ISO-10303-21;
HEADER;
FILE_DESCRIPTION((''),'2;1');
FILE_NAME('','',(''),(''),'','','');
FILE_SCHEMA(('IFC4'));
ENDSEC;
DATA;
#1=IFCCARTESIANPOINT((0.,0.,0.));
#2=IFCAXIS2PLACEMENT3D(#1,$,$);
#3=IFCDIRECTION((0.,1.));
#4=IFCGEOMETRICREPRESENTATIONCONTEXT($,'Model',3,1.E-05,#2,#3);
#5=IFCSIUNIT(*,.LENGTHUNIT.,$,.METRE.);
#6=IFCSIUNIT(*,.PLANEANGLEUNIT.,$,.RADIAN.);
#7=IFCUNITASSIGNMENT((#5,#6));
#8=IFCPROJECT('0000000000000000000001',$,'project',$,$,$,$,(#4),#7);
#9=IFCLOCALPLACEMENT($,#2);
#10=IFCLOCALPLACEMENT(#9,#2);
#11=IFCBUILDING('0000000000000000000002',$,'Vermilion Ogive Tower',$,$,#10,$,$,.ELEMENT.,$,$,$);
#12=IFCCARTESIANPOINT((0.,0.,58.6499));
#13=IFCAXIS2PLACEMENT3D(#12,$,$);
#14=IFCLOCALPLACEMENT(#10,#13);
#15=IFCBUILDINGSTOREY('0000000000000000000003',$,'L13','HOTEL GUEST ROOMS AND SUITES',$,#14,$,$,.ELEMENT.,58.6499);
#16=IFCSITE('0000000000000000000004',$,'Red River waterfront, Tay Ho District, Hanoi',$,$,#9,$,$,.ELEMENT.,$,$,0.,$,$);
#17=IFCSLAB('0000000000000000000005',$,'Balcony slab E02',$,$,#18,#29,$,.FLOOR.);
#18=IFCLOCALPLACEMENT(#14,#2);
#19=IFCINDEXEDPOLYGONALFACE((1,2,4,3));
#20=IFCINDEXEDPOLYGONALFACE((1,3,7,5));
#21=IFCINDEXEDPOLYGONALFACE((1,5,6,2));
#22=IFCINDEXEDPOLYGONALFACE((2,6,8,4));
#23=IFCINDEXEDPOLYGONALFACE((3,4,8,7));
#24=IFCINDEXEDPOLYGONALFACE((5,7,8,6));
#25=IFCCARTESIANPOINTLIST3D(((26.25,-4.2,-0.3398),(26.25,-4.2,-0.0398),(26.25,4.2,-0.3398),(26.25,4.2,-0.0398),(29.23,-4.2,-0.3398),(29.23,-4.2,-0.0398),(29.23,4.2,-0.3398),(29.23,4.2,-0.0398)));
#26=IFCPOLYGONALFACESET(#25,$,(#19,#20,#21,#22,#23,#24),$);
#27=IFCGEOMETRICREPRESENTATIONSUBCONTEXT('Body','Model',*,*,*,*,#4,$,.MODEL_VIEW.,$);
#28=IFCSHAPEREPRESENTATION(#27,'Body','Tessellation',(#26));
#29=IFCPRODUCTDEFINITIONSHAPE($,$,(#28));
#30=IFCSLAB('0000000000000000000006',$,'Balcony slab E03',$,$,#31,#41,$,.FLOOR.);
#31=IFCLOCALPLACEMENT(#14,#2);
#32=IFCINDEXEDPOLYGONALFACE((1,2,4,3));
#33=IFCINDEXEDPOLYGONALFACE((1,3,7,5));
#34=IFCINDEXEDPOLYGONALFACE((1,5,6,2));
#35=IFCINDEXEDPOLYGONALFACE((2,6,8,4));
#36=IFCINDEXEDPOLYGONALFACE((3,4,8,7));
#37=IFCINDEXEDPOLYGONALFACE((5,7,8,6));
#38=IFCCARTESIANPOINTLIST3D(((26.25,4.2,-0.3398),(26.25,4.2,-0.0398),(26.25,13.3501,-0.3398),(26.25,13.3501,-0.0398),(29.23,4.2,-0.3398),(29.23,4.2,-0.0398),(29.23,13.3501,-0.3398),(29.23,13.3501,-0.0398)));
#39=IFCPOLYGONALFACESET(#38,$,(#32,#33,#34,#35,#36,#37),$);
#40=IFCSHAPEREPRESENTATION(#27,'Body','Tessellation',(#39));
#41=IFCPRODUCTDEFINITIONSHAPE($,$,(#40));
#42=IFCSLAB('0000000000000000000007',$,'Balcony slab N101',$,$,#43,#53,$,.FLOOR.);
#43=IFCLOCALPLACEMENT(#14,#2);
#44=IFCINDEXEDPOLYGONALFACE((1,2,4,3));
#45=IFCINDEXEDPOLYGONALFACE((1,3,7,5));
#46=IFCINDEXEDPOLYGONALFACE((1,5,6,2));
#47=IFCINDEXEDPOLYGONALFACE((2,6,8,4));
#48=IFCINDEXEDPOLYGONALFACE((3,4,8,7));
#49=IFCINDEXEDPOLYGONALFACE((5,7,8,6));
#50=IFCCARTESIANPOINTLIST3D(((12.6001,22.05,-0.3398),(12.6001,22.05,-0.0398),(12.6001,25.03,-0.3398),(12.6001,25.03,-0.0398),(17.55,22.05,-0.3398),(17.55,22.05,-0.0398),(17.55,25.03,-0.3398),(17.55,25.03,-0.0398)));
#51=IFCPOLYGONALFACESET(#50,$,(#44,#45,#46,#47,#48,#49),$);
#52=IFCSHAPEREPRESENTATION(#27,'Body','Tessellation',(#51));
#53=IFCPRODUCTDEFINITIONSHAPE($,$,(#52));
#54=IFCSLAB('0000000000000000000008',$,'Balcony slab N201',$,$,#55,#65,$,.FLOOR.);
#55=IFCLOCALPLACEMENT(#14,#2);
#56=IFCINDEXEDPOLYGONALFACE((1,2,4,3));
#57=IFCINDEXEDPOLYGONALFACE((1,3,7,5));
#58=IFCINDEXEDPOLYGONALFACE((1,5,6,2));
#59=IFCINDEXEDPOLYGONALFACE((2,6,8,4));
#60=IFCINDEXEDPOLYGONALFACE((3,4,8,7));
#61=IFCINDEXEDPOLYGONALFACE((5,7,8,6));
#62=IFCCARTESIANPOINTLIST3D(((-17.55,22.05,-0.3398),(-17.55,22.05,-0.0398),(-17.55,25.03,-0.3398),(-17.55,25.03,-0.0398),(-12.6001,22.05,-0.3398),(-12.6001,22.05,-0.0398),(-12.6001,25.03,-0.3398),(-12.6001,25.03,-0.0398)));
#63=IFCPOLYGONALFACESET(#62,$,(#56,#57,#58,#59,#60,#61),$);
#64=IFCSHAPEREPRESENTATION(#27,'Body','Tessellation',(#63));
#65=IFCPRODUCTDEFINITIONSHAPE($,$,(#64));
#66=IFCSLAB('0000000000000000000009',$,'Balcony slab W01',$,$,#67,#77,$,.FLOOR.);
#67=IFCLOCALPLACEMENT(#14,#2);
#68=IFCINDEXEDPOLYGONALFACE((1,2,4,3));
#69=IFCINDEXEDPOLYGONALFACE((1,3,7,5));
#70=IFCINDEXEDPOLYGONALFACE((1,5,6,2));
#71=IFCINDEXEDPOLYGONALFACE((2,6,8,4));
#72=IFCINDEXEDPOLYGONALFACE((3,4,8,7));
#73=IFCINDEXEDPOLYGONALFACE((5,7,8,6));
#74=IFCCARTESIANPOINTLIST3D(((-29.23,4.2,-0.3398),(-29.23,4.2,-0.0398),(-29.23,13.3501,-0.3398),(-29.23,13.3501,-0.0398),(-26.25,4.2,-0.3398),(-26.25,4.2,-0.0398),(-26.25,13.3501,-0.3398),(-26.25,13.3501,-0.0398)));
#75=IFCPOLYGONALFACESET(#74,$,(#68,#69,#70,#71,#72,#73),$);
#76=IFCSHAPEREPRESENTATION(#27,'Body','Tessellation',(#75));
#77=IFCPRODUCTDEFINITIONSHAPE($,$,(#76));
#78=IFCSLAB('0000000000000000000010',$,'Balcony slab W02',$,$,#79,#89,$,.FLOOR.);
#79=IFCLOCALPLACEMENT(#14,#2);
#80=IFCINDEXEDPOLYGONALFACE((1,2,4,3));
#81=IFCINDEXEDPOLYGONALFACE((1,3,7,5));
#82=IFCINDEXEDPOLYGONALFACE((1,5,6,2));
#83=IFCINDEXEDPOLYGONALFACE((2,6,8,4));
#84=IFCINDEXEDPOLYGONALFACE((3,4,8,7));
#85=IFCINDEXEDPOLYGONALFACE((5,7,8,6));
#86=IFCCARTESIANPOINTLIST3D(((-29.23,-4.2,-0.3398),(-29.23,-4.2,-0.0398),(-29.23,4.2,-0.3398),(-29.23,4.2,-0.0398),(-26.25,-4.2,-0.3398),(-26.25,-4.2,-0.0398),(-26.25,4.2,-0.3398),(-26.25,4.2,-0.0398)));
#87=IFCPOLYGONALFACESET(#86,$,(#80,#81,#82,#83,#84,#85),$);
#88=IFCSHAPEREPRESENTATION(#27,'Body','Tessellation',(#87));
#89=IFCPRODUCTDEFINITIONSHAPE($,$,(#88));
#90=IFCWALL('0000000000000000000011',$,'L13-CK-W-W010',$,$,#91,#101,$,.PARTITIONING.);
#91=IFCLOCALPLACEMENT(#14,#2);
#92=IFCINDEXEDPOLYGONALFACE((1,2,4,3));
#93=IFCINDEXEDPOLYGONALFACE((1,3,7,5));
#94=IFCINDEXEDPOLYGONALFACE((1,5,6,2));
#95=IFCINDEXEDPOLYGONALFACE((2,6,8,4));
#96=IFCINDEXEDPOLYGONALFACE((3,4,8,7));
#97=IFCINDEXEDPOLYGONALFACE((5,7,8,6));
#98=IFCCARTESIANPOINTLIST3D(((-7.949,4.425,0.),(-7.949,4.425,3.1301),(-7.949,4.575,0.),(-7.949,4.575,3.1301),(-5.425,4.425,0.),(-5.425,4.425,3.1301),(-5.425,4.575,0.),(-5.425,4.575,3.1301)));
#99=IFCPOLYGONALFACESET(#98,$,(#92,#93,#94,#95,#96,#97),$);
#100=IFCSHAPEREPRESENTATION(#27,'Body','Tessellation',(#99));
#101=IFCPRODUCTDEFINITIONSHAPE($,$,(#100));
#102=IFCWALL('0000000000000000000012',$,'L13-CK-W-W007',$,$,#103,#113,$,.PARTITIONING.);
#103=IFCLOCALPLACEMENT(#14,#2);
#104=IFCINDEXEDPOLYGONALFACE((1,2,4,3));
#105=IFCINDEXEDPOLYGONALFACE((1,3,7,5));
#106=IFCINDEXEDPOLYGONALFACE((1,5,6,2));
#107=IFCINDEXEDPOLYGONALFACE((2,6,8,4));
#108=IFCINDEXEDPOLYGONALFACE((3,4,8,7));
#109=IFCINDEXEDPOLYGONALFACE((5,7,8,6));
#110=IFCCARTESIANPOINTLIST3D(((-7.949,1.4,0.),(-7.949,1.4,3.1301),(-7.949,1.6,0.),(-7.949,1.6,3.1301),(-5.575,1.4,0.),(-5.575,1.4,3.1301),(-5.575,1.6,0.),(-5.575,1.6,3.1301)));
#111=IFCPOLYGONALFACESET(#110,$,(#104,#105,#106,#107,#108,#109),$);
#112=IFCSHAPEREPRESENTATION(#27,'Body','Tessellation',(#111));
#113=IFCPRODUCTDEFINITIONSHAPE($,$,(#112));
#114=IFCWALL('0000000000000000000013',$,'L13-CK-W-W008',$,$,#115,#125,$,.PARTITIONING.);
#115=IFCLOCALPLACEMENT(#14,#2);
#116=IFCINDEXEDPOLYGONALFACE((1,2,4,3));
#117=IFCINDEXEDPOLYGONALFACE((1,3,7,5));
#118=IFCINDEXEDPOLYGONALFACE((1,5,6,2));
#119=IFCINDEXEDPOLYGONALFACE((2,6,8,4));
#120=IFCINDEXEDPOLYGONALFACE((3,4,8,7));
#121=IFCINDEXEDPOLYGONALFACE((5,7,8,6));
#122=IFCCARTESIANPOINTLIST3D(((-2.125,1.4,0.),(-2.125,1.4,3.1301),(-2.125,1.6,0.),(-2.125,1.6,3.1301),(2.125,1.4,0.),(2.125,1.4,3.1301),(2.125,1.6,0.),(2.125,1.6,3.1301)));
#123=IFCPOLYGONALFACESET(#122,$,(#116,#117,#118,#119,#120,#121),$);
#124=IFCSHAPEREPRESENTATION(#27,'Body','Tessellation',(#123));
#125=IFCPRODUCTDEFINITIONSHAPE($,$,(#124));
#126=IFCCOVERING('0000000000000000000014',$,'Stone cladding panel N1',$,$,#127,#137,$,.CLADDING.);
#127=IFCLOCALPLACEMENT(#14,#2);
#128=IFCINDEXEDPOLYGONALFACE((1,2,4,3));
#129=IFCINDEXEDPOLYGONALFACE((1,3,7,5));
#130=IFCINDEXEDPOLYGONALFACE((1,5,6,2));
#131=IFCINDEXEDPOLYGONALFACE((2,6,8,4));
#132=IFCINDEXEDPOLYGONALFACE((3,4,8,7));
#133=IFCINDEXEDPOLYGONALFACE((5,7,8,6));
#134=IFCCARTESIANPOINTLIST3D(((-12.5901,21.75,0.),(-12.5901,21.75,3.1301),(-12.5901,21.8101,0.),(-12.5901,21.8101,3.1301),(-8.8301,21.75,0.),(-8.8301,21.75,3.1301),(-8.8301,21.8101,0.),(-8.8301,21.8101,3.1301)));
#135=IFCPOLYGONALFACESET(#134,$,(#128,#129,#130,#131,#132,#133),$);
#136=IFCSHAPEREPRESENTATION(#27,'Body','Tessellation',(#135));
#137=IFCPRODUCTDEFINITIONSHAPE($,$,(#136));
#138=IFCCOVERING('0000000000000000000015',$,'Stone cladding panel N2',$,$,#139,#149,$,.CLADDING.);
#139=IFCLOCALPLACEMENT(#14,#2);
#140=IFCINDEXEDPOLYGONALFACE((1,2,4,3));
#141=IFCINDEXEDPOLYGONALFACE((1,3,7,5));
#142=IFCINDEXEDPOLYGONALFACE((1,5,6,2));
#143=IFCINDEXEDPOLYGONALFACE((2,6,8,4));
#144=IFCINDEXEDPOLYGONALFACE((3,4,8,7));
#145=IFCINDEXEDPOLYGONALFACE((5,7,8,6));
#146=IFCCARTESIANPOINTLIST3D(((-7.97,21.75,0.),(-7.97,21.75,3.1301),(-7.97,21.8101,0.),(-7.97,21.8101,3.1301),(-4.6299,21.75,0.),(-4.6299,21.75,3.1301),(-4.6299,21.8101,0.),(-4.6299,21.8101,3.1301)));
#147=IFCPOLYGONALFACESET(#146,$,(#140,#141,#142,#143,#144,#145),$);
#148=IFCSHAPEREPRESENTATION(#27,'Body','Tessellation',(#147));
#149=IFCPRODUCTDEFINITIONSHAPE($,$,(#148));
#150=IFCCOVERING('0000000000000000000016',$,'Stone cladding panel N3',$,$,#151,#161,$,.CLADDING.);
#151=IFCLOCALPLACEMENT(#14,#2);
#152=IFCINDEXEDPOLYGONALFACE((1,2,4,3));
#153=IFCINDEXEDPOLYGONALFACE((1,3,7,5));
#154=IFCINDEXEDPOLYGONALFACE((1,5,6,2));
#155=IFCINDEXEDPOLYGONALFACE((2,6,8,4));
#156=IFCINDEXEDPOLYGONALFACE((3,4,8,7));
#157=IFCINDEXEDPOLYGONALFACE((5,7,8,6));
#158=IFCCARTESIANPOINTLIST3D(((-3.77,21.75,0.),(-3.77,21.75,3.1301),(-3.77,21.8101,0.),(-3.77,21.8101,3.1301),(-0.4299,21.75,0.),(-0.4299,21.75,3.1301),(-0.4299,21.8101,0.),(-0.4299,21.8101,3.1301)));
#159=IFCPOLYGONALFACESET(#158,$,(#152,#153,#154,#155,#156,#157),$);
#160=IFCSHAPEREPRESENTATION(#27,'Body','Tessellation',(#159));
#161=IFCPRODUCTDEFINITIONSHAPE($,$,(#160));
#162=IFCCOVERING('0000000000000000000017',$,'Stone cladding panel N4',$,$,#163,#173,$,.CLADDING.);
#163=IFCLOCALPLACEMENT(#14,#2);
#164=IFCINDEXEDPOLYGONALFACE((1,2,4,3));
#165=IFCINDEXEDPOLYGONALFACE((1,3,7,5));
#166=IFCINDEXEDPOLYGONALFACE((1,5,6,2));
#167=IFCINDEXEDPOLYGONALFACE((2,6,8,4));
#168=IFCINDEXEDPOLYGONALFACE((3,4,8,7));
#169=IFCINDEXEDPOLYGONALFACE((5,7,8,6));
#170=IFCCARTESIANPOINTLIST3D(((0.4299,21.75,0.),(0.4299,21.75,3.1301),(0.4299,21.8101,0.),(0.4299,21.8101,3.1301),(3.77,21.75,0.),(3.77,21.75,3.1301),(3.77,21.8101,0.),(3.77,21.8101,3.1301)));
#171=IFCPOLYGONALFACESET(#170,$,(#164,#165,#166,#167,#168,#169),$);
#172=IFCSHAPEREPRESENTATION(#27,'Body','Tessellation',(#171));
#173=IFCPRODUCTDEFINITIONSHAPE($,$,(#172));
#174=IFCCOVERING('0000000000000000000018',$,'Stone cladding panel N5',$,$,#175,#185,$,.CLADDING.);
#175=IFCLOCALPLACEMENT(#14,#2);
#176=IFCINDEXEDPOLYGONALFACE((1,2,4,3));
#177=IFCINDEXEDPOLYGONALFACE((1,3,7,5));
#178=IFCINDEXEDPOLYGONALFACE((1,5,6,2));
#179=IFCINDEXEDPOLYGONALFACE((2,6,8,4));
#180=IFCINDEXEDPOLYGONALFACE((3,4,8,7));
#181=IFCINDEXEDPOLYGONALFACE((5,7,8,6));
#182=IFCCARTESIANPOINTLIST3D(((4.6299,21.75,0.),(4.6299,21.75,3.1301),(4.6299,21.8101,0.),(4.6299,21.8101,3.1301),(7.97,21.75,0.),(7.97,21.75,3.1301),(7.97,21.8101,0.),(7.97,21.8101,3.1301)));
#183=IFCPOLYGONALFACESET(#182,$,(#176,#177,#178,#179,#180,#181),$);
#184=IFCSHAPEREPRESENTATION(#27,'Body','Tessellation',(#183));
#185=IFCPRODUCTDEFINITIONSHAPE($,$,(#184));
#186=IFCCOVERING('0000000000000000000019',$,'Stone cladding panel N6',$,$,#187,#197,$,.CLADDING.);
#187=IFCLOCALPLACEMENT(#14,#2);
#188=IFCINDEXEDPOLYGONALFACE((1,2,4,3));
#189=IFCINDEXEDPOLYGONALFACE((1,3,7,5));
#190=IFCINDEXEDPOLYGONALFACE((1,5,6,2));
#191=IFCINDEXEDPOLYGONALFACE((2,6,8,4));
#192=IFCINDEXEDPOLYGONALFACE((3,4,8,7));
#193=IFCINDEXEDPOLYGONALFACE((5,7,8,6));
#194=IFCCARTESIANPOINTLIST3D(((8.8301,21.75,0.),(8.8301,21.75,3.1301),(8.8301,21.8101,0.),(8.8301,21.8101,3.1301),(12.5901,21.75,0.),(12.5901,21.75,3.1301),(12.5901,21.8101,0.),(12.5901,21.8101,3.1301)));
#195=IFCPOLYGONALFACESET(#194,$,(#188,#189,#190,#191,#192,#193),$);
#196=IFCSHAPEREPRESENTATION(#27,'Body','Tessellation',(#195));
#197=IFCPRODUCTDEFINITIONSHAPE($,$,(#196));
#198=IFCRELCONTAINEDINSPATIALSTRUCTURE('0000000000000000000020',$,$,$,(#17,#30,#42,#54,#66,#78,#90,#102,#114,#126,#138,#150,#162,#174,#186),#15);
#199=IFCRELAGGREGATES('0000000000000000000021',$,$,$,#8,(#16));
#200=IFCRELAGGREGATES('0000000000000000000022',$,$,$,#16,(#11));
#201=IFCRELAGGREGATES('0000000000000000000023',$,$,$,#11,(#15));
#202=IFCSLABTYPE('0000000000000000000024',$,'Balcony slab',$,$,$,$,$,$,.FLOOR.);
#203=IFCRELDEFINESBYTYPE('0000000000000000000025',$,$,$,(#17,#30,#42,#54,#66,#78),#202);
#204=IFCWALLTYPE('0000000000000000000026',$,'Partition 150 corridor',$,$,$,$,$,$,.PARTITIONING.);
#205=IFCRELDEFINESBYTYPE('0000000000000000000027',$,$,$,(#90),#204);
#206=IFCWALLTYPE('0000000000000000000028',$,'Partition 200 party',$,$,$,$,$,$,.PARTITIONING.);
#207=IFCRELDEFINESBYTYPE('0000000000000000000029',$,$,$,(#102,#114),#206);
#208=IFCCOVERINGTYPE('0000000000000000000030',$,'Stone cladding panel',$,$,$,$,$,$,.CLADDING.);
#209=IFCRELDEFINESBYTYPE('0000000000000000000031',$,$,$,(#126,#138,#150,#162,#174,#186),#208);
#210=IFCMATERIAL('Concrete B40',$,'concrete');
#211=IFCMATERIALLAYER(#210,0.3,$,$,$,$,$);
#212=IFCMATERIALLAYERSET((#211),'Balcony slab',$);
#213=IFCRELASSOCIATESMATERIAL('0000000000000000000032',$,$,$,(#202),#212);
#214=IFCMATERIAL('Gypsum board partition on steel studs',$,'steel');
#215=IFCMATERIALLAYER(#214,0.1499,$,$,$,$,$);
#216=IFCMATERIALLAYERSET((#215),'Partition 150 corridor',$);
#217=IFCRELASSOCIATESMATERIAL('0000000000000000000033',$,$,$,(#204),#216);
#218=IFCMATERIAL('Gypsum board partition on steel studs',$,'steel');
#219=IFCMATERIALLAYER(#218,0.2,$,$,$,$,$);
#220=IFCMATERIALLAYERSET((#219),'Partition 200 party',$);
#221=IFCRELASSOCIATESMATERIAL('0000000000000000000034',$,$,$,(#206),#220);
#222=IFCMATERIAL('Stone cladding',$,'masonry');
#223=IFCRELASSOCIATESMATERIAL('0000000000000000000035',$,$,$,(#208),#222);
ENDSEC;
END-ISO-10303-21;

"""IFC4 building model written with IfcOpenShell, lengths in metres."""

from ifc_helpers import new_model, si_unit, direction, frame, frame_2d, origin, place, context, subcontext, project, spatial, polyline, rectangle, outline, extrude, material, layer, layer_set, type_object, element, save


model = new_model("IFC4")

# Units and contexts
model_context = context("Model", 3, precision=1e-05, world=origin(), true_north=direction((0.0, 1.0)))
body_context = subcontext(model_context, "Body", "Model", "MODEL_VIEW")
ifc_project = project(units=[si_unit("LENGTHUNIT", "METRE"), si_unit("PLANEANGLEUNIT", "RADIAN")], contexts=[model_context])

# Site, building, storey
site_placement = place(None, origin())
site = spatial("IfcSite", under=ifc_project, at=site_placement, Name="Red River waterfront, Tay Ho District, Hanoi", CompositionType="ELEMENT", RefElevation=0.0)
building_placement = place(site_placement, origin())
building = spatial("IfcBuilding", under=site, at=building_placement, Name="Vermilion Ogive Tower", CompositionType="ELEMENT")
storey_placement = place(building_placement, frame((0.0, 0.0, 58.6499)))
storey = spatial("IfcBuildingStorey", under=building, at=storey_placement, Name="L13", Description="HOTEL GUEST ROOMS AND SUITES", CompositionType="ELEMENT", Elevation=58.6499)

# Slabs
ifc_material_1 = material(Name="Concrete B40", Category="concrete")
ifc_layer_1 = layer(ifc_material_1, 0.3)
ifc_layer_set_1 = layer_set([ifc_layer_1], Name="Balcony slab")
slab_type = type_object("IfcSlabType", Name="Balcony slab", PredefinedType="FLOOR", material=ifc_layer_set_1)
slab_1_placement = place(storey_placement, frame((0.0, 0.0, -0.3398)))
element("IfcSlab", 1, at=slab_1_placement, inside=storey, type_object=slab_type, Name="Balcony slab E02", PredefinedType="FLOOR", context=body_context, shape_type="SweptSolid", body=[
    extrude(outline(polyline([(29.23, -4.2), (29.23, 4.2), (26.25, 4.2), (26.25, -4.2), (29.23, -4.2)])), origin(), (0.0, 0.0, 1.0), 0.3),
])
slab_2_placement = place(storey_placement, frame((0.0, 0.0, -0.3398)))
element("IfcSlab", 2, at=slab_2_placement, inside=storey, type_object=slab_type, Name="Balcony slab E03", PredefinedType="FLOOR", context=body_context, shape_type="SweptSolid", body=[
    extrude(outline(polyline([(29.23, 4.2), (29.23, 13.3501), (26.25, 13.3501), (26.25, 4.2), (29.23, 4.2)])), origin(), (0.0, 0.0, 1.0), 0.3),
])
slab_3_placement = place(storey_placement, frame((0.0, 0.0, -0.3398)))
element("IfcSlab", 3, at=slab_3_placement, inside=storey, type_object=slab_type, Name="Balcony slab N101", PredefinedType="FLOOR", context=body_context, shape_type="SweptSolid", body=[
    extrude(outline(polyline([(17.55, 25.03), (12.6001, 25.03), (12.6001, 22.05), (17.55, 22.05), (17.55, 25.03)])), origin(), (0.0, 0.0, 1.0), 0.3),
])
slab_4_placement = place(storey_placement, frame((0.0, 0.0, -0.3398)))
element("IfcSlab", 4, at=slab_4_placement, inside=storey, type_object=slab_type, Name="Balcony slab N201", PredefinedType="FLOOR", context=body_context, shape_type="SweptSolid", body=[
    extrude(outline(polyline([(-12.6001, 25.03), (-17.55, 25.03), (-17.55, 22.05), (-12.6001, 22.05), (-12.6001, 25.03)])), origin(), (0.0, 0.0, 1.0), 0.3),
])
slab_5_placement = place(storey_placement, frame((0.0, 0.0, -0.3398)))
element("IfcSlab", 5, at=slab_5_placement, inside=storey, type_object=slab_type, Name="Balcony slab W01", PredefinedType="FLOOR", context=body_context, shape_type="SweptSolid", body=[
    extrude(outline(polyline([(-29.23, 13.3501), (-29.23, 4.2), (-26.25, 4.2), (-26.25, 13.3501), (-29.23, 13.3501)])), origin(), (0.0, 0.0, 1.0), 0.3),
])
slab_6_placement = place(storey_placement, frame((0.0, 0.0, -0.3398)))
element("IfcSlab", 6, at=slab_6_placement, inside=storey, type_object=slab_type, Name="Balcony slab W02", PredefinedType="FLOOR", context=body_context, shape_type="SweptSolid", body=[
    extrude(outline(polyline([(-29.23, 4.2), (-29.23, -4.2), (-26.25, -4.2), (-26.25, 4.2), (-29.23, 4.2)])), origin(), (0.0, 0.0, 1.0), 0.3),
])

# Walls
ifc_material_2 = material(Name="Gypsum board partition on steel studs", Category="steel")
ifc_layer_2 = layer(ifc_material_2, 0.1499)
ifc_layer_set_2 = layer_set([ifc_layer_2], Name="Partition 150 corridor")
wall_type_1 = type_object("IfcWallType", Name="Partition 150 corridor", PredefinedType="PARTITIONING", material=ifc_layer_set_2)
wall_1_placement = place(storey_placement, frame((-7.949, 4.5, 0.0), z_axis=(0.0, 0.0, 1.0), x_axis=(1.0, 0.0, 0.0)))
element("IfcWall", 7, at=wall_1_placement, inside=storey, type_object=wall_type_1, Name="L13-CK-W-W010", PredefinedType="PARTITIONING", context=body_context, shape_type="SweptSolid", body=[
    extrude(rectangle(XDim=2.5239, YDim=0.1499, at=frame_2d((1.262, 0.0))), origin(), (0.0, 0.0, 1.0), 3.1301),
])
ifc_material_3 = material(Name="Gypsum board partition on steel studs", Category="steel")
ifc_layer_3 = layer(ifc_material_3, 0.2)
ifc_layer_set_3 = layer_set([ifc_layer_3], Name="Partition 200 party")
wall_type_2 = type_object("IfcWallType", Name="Partition 200 party", PredefinedType="PARTITIONING", material=ifc_layer_set_3)
wall_2_placement = place(storey_placement, frame((-7.949, 1.5, 0.0), z_axis=(0.0, 0.0, 1.0), x_axis=(1.0, 0.0, 0.0)))
element("IfcWall", 8, at=wall_2_placement, inside=storey, type_object=wall_type_2, Name="L13-CK-W-W007", PredefinedType="PARTITIONING", context=body_context, shape_type="SweptSolid", body=[
    extrude(rectangle(XDim=2.374, YDim=0.2, at=frame_2d((1.187, 0.0))), origin(), (0.0, 0.0, 1.0), 3.1301),
])
wall_3_placement = place(storey_placement, frame((-2.125, 1.5, 0.0), z_axis=(0.0, 0.0, 1.0), x_axis=(1.0, 0.0, 0.0)))
element("IfcWall", 9, at=wall_3_placement, inside=storey, type_object=wall_type_2, Name="L13-CK-W-W008", PredefinedType="PARTITIONING", context=body_context, shape_type="SweptSolid", body=[
    extrude(rectangle(XDim=4.25, YDim=0.2, at=frame_2d((2.125, 0.0))), origin(), (0.0, 0.0, 1.0), 3.1301),
])

# Coverings
ifc_material_4 = material(Name="Stone cladding", Category="masonry")
covering_type_1 = type_object("IfcCoveringType", Name="Stone cladding panel", PredefinedType="CLADDING", material=ifc_material_4)
covering_1_placement = place(storey_placement, origin())
element("IfcCovering", 10, at=covering_1_placement, inside=storey, type_object=covering_type_1, Name="Stone cladding panel N1", PredefinedType="CLADDING", context=body_context, shape_type="SweptSolid", body=[
    extrude(outline(polyline([(-12.5901, 21.75), (-8.8301, 21.75), (-8.8301, 21.8101), (-12.5901, 21.8101), (-12.5901, 21.75)])), origin(), (0.0, 0.0, 1.0), 3.1301),
])
covering_2_placement = place(storey_placement, origin())
element("IfcCovering", 11, at=covering_2_placement, inside=storey, type_object=covering_type_1, Name="Stone cladding panel N2", PredefinedType="CLADDING", context=body_context, shape_type="SweptSolid", body=[
    extrude(outline(polyline([(-7.97, 21.75), (-4.6299, 21.75), (-4.6299, 21.8101), (-7.97, 21.8101), (-7.97, 21.75)])), origin(), (0.0, 0.0, 1.0), 3.1301),
])
covering_3_placement = place(storey_placement, origin())
element("IfcCovering", 12, at=covering_3_placement, inside=storey, type_object=covering_type_1, Name="Stone cladding panel N3", PredefinedType="CLADDING", context=body_context, shape_type="SweptSolid", body=[
    extrude(outline(polyline([(-3.77, 21.75), (-0.4299, 21.75), (-0.4299, 21.8101), (-3.77, 21.8101), (-3.77, 21.75)])), origin(), (0.0, 0.0, 1.0), 3.1301),
])
covering_4_placement = place(storey_placement, origin())
element("IfcCovering", 13, at=covering_4_placement, inside=storey, type_object=covering_type_1, Name="Stone cladding panel N4", PredefinedType="CLADDING", context=body_context, shape_type="SweptSolid", body=[
    extrude(outline(polyline([(0.4299, 21.75), (3.77, 21.75), (3.77, 21.8101), (0.4299, 21.8101), (0.4299, 21.75)])), origin(), (0.0, 0.0, 1.0), 3.1301),
])
covering_5_placement = place(storey_placement, origin())
element("IfcCovering", 14, at=covering_5_placement, inside=storey, type_object=covering_type_1, Name="Stone cladding panel N5", PredefinedType="CLADDING", context=body_context, shape_type="SweptSolid", body=[
    extrude(outline(polyline([(4.6299, 21.75), (7.97, 21.75), (7.97, 21.8101), (4.6299, 21.8101), (4.6299, 21.75)])), origin(), (0.0, 0.0, 1.0), 3.1301),
])
covering_6_placement = place(storey_placement, origin())
element("IfcCovering", 15, at=covering_6_placement, inside=storey, type_object=covering_type_1, Name="Stone cladding panel N6", PredefinedType="CLADDING", context=body_context, shape_type="SweptSolid", body=[
    extrude(outline(polyline([(8.8301, 21.75), (12.5901, 21.75), (12.5901, 21.8101), (8.8301, 21.8101), (8.8301, 21.75)])), origin(), (0.0, 0.0, 1.0), 3.1301),
])

save(model, "model.ifc")
